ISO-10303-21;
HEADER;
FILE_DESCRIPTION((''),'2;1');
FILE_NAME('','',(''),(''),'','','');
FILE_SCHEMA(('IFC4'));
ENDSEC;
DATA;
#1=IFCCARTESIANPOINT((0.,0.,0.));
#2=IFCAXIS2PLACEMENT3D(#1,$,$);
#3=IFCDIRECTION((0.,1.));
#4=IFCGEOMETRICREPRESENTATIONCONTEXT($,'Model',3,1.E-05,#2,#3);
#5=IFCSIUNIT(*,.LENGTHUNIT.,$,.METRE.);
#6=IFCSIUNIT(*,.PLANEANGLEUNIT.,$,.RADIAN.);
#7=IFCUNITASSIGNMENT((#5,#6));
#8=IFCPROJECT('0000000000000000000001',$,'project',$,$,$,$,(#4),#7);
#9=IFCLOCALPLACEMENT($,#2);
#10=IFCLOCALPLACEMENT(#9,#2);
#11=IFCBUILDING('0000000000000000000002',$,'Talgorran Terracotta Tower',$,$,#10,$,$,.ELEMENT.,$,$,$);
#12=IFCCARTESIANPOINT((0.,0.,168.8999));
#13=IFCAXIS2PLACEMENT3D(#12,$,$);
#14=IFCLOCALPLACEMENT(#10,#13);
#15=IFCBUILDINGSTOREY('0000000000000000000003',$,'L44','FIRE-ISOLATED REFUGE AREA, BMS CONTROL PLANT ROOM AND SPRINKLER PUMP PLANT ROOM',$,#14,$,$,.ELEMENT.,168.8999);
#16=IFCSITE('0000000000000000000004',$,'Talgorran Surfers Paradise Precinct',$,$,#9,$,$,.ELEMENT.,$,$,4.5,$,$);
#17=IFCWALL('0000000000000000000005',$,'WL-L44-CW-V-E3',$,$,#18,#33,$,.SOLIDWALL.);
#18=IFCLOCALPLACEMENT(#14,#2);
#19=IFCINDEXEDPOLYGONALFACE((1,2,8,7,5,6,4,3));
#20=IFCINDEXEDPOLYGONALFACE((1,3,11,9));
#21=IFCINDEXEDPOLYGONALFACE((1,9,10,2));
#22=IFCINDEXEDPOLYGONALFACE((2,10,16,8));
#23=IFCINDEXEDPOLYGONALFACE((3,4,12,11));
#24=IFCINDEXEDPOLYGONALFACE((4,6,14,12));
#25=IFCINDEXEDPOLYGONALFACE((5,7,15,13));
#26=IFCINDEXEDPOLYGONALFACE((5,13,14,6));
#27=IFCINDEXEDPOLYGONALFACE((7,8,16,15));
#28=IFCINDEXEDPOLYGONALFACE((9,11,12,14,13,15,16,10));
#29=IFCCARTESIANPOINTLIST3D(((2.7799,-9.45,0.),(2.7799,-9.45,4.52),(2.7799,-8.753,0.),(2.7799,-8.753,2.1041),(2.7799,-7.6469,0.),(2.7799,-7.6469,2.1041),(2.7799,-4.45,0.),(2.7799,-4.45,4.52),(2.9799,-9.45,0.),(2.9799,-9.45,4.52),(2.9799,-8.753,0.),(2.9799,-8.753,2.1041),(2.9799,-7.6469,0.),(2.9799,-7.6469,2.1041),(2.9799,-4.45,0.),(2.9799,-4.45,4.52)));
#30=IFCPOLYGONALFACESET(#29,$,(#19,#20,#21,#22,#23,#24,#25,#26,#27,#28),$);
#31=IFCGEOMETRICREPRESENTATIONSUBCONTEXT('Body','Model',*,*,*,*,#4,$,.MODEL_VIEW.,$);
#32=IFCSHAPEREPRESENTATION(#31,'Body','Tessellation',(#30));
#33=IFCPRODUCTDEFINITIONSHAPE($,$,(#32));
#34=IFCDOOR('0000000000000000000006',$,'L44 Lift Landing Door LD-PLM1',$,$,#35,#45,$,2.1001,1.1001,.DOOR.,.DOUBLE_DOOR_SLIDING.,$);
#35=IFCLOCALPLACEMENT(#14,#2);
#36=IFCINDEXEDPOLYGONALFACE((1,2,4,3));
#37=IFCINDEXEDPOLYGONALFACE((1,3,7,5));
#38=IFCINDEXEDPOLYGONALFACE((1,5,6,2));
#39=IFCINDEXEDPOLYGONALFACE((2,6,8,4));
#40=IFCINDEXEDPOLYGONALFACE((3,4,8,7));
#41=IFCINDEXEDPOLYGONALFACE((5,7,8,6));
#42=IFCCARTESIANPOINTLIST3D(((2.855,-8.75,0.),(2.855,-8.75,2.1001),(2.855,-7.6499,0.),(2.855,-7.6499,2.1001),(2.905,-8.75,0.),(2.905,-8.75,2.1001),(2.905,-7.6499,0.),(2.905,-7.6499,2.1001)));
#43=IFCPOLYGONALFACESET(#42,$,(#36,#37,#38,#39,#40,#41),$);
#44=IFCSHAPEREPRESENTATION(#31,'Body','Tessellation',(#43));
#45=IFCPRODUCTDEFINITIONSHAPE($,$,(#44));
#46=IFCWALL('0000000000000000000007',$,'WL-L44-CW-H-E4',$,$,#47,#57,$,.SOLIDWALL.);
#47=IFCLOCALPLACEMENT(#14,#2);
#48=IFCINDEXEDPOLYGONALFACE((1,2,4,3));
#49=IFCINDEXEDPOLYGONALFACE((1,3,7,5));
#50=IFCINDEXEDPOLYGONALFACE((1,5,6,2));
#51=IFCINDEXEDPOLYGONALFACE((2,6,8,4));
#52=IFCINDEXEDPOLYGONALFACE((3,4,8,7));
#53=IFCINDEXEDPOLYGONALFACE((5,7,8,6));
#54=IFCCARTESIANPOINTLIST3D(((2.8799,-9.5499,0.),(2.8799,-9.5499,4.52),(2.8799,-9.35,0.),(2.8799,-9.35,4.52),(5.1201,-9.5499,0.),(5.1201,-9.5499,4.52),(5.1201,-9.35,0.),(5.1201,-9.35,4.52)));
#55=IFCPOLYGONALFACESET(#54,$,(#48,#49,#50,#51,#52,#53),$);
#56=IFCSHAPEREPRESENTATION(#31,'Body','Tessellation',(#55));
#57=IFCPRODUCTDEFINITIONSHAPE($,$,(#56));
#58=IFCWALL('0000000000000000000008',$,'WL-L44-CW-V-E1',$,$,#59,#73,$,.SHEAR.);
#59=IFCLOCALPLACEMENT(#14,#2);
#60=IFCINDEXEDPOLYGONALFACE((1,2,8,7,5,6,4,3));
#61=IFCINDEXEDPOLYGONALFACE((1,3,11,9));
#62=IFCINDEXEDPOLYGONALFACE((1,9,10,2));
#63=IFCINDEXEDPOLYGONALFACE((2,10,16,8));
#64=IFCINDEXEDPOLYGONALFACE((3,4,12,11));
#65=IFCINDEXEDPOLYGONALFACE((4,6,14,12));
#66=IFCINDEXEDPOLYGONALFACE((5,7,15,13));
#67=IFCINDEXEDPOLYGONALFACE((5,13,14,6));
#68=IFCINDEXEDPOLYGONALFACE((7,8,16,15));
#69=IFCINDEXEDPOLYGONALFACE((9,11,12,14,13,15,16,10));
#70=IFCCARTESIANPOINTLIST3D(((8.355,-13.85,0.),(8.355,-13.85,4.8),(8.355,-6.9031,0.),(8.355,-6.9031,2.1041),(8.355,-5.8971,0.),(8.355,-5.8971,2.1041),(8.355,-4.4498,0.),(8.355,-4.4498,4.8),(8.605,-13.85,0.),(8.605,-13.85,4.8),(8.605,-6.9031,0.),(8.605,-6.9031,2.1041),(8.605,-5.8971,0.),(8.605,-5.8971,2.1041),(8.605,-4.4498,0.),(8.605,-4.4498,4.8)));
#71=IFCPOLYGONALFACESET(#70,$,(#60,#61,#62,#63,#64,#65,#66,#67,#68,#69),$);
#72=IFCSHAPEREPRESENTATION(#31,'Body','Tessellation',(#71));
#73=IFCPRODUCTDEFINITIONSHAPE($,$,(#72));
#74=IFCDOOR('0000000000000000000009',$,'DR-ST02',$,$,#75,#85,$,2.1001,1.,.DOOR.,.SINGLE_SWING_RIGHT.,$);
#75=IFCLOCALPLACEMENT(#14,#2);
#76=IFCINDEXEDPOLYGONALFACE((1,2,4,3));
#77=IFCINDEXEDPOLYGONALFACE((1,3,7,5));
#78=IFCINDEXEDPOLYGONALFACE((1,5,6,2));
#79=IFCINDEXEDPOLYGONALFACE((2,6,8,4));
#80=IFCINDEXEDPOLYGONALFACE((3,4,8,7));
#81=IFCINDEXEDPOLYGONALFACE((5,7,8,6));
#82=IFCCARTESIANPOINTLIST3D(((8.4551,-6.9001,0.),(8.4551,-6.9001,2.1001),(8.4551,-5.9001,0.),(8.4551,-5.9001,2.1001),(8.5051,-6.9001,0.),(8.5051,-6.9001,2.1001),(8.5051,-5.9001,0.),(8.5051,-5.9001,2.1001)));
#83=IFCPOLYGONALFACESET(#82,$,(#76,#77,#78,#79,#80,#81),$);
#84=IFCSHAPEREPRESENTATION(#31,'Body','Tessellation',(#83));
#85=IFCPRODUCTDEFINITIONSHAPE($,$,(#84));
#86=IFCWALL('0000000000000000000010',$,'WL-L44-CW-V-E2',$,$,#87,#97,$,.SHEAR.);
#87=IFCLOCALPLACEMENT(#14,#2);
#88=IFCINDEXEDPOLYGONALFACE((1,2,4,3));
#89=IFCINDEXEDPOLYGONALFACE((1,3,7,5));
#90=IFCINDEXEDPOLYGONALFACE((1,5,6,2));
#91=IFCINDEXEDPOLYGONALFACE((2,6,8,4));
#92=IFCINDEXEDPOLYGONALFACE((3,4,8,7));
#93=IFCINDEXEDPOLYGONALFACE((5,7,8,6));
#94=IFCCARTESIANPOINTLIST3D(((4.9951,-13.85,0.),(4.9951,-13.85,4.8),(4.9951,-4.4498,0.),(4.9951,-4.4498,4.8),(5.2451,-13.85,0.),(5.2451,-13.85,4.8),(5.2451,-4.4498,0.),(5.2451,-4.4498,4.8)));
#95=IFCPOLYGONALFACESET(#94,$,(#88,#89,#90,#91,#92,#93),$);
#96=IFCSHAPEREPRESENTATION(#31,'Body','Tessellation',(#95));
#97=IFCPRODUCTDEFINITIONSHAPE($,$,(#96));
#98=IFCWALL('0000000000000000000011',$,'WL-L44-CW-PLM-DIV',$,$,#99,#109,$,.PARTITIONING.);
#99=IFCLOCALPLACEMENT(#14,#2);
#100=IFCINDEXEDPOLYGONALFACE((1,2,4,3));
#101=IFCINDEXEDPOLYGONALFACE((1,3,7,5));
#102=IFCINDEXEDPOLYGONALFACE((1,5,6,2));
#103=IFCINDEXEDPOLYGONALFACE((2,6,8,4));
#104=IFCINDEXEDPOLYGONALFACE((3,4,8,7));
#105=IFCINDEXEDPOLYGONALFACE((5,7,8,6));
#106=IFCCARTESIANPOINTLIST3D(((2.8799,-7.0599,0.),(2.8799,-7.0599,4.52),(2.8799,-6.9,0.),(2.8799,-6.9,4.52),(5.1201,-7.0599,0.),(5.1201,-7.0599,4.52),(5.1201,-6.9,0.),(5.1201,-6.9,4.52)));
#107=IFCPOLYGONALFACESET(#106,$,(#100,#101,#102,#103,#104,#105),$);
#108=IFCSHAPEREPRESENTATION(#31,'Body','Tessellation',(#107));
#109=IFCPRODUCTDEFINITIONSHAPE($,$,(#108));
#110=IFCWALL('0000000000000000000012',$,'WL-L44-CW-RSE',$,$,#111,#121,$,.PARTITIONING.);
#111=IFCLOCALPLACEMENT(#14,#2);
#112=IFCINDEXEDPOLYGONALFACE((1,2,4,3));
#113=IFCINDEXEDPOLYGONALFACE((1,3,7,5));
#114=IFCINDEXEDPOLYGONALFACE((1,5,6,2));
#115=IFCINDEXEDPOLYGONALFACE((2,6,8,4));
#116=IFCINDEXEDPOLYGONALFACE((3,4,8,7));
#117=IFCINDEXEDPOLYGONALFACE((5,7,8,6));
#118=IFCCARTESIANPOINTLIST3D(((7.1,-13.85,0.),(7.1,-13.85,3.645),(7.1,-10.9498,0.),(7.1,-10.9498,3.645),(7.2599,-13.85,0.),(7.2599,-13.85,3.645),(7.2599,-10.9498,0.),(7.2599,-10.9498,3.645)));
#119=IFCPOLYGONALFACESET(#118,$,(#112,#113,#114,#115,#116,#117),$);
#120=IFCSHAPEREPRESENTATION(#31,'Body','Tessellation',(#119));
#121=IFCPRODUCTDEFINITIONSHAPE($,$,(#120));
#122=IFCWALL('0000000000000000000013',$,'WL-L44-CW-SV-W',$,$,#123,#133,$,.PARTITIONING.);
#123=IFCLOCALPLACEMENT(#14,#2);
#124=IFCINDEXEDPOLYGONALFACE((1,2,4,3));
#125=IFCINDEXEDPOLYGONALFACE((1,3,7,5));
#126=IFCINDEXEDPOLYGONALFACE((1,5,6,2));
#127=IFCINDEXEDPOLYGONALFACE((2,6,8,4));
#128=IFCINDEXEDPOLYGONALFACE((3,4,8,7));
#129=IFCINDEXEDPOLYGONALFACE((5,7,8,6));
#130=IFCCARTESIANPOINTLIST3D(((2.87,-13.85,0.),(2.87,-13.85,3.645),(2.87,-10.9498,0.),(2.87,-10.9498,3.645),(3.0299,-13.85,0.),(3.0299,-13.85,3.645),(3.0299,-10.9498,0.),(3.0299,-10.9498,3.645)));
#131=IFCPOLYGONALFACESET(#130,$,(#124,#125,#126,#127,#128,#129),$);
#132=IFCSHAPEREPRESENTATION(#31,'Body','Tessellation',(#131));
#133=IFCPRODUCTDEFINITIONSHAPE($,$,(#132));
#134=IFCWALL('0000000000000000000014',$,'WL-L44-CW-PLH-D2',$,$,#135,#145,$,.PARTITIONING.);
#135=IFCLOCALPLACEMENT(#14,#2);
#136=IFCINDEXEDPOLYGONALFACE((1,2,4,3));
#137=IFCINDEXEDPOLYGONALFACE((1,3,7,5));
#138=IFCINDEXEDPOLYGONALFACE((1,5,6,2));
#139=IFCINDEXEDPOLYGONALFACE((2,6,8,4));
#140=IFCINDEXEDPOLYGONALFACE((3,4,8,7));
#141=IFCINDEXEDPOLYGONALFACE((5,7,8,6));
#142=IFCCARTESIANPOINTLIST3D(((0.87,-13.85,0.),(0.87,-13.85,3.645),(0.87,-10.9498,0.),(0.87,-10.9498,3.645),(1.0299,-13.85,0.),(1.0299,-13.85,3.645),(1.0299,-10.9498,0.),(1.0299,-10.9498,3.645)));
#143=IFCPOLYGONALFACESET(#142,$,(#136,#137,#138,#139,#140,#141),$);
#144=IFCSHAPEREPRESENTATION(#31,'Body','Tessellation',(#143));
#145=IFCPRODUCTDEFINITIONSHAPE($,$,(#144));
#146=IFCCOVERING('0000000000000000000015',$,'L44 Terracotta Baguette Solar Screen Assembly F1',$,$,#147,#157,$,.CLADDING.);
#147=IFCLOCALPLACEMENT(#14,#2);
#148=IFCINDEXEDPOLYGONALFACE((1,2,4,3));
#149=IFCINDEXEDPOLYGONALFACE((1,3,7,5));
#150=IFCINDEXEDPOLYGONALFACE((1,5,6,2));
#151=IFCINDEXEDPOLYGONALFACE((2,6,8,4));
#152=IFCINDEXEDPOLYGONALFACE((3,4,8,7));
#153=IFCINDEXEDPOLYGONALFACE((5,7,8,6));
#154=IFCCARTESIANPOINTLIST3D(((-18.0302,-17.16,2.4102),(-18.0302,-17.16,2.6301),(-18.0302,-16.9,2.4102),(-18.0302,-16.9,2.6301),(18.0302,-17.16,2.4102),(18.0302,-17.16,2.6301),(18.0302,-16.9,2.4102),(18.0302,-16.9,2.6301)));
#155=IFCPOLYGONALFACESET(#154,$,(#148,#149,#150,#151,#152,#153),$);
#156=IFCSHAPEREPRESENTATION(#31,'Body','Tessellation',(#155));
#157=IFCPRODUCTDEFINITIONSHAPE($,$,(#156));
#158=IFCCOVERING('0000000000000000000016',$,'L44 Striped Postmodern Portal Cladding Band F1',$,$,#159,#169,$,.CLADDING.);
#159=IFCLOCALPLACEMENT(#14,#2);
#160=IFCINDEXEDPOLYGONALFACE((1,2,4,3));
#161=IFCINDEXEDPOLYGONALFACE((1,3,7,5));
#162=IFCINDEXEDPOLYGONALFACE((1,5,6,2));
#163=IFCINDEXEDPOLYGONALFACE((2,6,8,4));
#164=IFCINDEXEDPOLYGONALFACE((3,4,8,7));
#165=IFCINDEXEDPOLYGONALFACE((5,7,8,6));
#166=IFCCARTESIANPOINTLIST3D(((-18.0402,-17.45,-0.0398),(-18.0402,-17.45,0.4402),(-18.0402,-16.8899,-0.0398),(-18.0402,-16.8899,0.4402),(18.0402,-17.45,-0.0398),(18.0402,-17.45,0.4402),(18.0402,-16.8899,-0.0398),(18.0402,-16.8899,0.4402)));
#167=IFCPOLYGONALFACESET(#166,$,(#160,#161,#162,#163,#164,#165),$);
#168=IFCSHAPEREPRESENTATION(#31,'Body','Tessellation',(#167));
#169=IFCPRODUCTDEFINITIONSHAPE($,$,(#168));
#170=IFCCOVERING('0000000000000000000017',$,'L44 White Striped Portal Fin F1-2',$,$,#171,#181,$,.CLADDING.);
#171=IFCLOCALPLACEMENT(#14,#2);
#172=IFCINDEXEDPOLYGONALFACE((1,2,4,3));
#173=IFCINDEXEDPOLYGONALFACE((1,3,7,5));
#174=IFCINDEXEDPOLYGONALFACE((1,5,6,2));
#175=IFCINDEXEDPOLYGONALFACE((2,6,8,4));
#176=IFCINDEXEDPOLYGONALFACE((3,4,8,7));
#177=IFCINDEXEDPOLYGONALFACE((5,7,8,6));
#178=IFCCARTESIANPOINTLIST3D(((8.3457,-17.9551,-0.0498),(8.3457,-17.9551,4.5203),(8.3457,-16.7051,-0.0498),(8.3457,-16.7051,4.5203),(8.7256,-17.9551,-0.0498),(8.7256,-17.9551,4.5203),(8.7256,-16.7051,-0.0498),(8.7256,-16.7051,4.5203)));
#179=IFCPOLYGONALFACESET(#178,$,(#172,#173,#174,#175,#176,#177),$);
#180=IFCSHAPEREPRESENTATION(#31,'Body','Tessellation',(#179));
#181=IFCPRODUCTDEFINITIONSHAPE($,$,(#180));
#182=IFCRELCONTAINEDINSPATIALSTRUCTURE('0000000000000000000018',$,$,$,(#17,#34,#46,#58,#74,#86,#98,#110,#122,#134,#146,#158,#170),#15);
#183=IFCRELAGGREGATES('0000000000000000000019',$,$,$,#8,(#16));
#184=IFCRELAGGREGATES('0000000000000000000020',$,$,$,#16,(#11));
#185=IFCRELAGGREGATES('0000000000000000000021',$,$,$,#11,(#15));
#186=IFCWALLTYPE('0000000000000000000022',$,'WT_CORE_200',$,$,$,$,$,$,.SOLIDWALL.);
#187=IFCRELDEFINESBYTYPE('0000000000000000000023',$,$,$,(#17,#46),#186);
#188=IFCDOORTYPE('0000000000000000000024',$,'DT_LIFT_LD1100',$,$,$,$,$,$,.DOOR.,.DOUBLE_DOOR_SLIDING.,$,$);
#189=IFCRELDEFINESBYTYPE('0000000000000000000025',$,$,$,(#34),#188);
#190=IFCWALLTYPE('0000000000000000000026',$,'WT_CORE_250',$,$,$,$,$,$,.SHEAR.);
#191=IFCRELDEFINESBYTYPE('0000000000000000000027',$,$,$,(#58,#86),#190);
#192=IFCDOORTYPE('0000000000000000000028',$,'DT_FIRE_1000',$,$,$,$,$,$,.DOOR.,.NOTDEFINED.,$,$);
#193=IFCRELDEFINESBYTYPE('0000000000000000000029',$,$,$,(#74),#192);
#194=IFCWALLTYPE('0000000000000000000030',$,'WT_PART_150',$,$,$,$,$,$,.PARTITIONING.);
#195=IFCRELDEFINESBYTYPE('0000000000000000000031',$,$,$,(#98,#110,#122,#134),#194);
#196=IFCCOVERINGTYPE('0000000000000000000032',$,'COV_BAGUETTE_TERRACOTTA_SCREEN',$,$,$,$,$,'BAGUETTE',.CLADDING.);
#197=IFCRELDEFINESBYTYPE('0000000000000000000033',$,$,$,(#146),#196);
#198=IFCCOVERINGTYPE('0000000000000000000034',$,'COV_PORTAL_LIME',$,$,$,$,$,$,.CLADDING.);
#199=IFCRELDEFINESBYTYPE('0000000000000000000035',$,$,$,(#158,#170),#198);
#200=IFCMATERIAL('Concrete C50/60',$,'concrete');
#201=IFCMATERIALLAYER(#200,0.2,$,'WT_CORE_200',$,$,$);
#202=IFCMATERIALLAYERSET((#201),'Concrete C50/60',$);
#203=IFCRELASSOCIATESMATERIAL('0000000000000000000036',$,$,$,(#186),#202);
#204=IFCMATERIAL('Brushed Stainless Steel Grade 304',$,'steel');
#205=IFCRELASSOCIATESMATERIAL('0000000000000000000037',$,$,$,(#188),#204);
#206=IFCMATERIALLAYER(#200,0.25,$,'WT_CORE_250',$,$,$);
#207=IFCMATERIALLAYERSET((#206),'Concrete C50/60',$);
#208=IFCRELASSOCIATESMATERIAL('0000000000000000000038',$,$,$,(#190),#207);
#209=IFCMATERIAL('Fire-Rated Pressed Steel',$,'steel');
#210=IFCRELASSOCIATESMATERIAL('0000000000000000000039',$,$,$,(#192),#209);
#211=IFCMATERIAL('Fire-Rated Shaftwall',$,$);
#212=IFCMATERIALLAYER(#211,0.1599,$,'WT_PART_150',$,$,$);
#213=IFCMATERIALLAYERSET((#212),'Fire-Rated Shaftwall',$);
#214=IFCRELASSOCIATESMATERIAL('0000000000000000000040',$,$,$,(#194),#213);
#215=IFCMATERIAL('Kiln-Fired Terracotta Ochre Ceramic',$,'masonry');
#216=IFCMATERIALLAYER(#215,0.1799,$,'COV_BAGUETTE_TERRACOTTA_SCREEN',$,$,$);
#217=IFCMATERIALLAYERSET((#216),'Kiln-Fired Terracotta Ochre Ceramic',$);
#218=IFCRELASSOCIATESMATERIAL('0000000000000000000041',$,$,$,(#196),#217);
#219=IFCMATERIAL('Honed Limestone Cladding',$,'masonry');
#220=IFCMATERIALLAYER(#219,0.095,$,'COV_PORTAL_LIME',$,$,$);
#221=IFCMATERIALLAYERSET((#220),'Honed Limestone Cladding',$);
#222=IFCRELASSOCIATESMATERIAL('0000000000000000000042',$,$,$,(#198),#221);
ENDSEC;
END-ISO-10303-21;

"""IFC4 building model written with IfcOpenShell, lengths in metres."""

from ifc_helpers import new_model, si_unit, direction, frame, frame_2d, origin, origin_2d, place, context, subcontext, project, spatial, rectangle, extrude, material, layer, layer_set, type_object, element, fill, save


model = new_model("IFC4")

# Units and contexts
model_context = context("Model", 3, precision=1e-05, world=origin(), true_north=direction((0.0, 1.0)))
body_context = subcontext(model_context, "Body", "Model", "MODEL_VIEW")
ifc_project = project(units=[si_unit("LENGTHUNIT", "METRE"), si_unit("PLANEANGLEUNIT", "RADIAN")], contexts=[model_context])

# Site, building, storey
site_placement = place(None, origin())
site = spatial("IfcSite", under=ifc_project, at=site_placement, Name="Talgorran Surfers Paradise Precinct", CompositionType="ELEMENT", RefElevation=4.5)
building_placement = place(site_placement, origin())
building = spatial("IfcBuilding", under=site, at=building_placement, Name="Talgorran Terracotta Tower", CompositionType="ELEMENT")
storey_placement = place(building_placement, frame((0.0, 0.0, 168.8999)))
storey = spatial("IfcBuildingStorey", under=building, at=storey_placement, Name="L44", Description="FIRE-ISOLATED REFUGE AREA, BMS CONTROL PLANT ROOM AND SPRINKLER PUMP PLANT ROOM", CompositionType="ELEMENT", Elevation=168.8999)

# Shared definitions
ifc_material_1 = material(Name="Concrete C50/60", Category="concrete")

# Shared definitions
ifc_layer_1 = layer(ifc_material_1, 0.2, Name="WT_CORE_200")
ifc_layer_set_1 = layer_set([ifc_layer_1], Name="Concrete C50/60")
wall_type_1 = type_object("IfcWallType", Name="WT_CORE_200", PredefinedType="SOLIDWALL", material=ifc_layer_set_1)

# Shared definitions
ifc_material_2 = material(Name="Brushed Stainless Steel Grade 304", Category="steel")
door_type_1 = type_object("IfcDoorType", Name="DT_LIFT_LD1100", OperationType="DOUBLE_DOOR_SLIDING", PredefinedType="DOOR", material=ifc_material_2)
ifc_material_3 = material(Name="Fire-Rated Pressed Steel", Category="steel")

# Wall, opening, door
wall_1_placement = place(storey_placement, frame((2.8799, -9.45, 0.0), z_axis=(0.0, 0.0, 1.0), x_axis=(0.0, 1.0, 0.0)))
wall_1 = element("IfcWall", 1, at=wall_1_placement, inside=storey, type_object=wall_type_1, Name="WL-L44-CW-V-E3", PredefinedType="SOLIDWALL", context=body_context, shape_type="SweptSolid", body=[
    extrude(rectangle(XDim=5.0, YDim=0.2, at=frame_2d((2.5, 0.0))), origin(), (0.0, 0.0, 1.0), 4.52),
])
opening_1_placement = place(wall_1_placement, frame((0.7, 0.0, 0.0)))
opening_1 = element("IfcOpeningElement", 2, at=opening_1_placement, cuts=wall_1, PredefinedType="OPENING", context=body_context, shape_type="SweptSolid", body=[
    extrude(rectangle(XDim=1.1061, YDim=2.1041, at=frame_2d((0.55, 1.052))), frame((0.0, 0.1099, 0.0), z_axis=(0.0, -1.0, 0.0), x_axis=(1.0, 0.0, 0.0)), (0.0, 0.0, 1.0), 0.22),
])
door_1_placement = place(opening_1_placement, origin())
door_1 = element("IfcDoor", 3, at=door_1_placement, inside=storey, type_object=door_type_1, Name="L44 Lift Landing Door LD-PLM1", OperationType="DOUBLE_DOOR_SLIDING", OverallHeight=2.1001, OverallWidth=1.1001, PredefinedType="DOOR", context=body_context, shape_type="SweptSolid", body=[
    extrude(rectangle(XDim=1.1001, YDim=2.1001, at=frame_2d((0.55, 1.05))), frame((0.0, 0.0249, 0.0), z_axis=(0.0, -1.0, 0.0), x_axis=(1.0, 0.0, 0.0)), (0.0, 0.0, 1.0), 0.05),
])
fill(opening_1, door_1)

# Wall
wall_2_placement = place(storey_placement, frame((2.8799, -9.45, 0.0), z_axis=(0.0, 0.0, 1.0), x_axis=(1.0, 0.0, 0.0)))
element("IfcWall", 4, at=wall_2_placement, inside=storey, type_object=wall_type_1, Name="WL-L44-CW-H-E4", PredefinedType="SOLIDWALL", context=body_context, shape_type="SweptSolid", body=[
    extrude(rectangle(XDim=2.2402, YDim=0.2, at=frame_2d((1.1201, 0.0))), origin(), (0.0, 0.0, 1.0), 4.52),
])

# Wall, opening, door
ifc_layer_2 = layer(ifc_material_1, 0.25, Name="WT_CORE_250")
ifc_layer_set_2 = layer_set([ifc_layer_2], Name="Concrete C50/60")
wall_type_2 = type_object("IfcWallType", Name="WT_CORE_250", PredefinedType="SHEAR", material=ifc_layer_set_2)
wall_3_placement = place(storey_placement, frame((8.48, -13.8501, 0.0), z_axis=(0.0, 0.0, 1.0), x_axis=(0.0, 1.0, 0.0)))
wall_3 = element("IfcWall", 5, at=wall_3_placement, inside=storey, type_object=wall_type_2, Name="WL-L44-CW-V-E1", PredefinedType="SHEAR", context=body_context, shape_type="SweptSolid", body=[
    extrude(rectangle(XDim=9.4001, YDim=0.25, at=frame_2d((4.7002, 0.0))), origin(), (0.0, 0.0, 1.0), 4.8),
])
opening_2_placement = place(wall_3_placement, frame((6.95, 0.0, 0.0)))
opening_2 = element("IfcOpeningElement", 6, at=opening_2_placement, cuts=wall_3, PredefinedType="OPENING", context=body_context, shape_type="SweptSolid", body=[
    extrude(rectangle(XDim=1.006, YDim=2.1041, at=frame_2d((0.5, 1.052))), frame((0.0, 0.135, 0.0), z_axis=(0.0, -1.0, 0.0), x_axis=(1.0, 0.0, 0.0)), (0.0, 0.0, 1.0), 0.27),
])
door_type_2 = type_object("IfcDoorType", Name="DT_FIRE_1000", OperationType="NOTDEFINED", PredefinedType="DOOR", material=ifc_material_3)
door_2_placement = place(opening_2_placement, origin())
door_2 = element("IfcDoor", 7, at=door_2_placement, inside=storey, type_object=door_type_2, Name="DR-ST02", OperationType="SINGLE_SWING_RIGHT", OverallHeight=2.1001, OverallWidth=1.0, PredefinedType="DOOR", context=body_context, shape_type="SweptSolid", body=[
    extrude(rectangle(XDim=1.0, YDim=2.1001, at=frame_2d((0.5, 1.05))), frame((0.0, 0.0249, 0.0), z_axis=(0.0, -1.0, 0.0), x_axis=(1.0, 0.0, 0.0)), (0.0, 0.0, 1.0), 0.05),
])
fill(opening_2, door_2)

# Walls
wall_4_placement = place(storey_placement, frame((5.1201, -13.8501, 0.0), z_axis=(0.0, 0.0, 1.0), x_axis=(0.0, 1.0, 0.0)))
element("IfcWall", 8, at=wall_4_placement, inside=storey, type_object=wall_type_2, Name="WL-L44-CW-V-E2", PredefinedType="SHEAR", context=body_context, shape_type="SweptSolid", body=[
    extrude(rectangle(XDim=9.4001, YDim=0.25, at=frame_2d((4.7002, 0.0))), origin(), (0.0, 0.0, 1.0), 4.8),
])
ifc_material_4 = material(Name="Fire-Rated Shaftwall")
ifc_layer_3 = layer(ifc_material_4, 0.1599, Name="WT_PART_150")
ifc_layer_set_3 = layer_set([ifc_layer_3], Name="Fire-Rated Shaftwall")
wall_type_3 = type_object("IfcWallType", Name="WT_PART_150", PredefinedType="PARTITIONING", material=ifc_layer_set_3)
wall_5_placement = place(storey_placement, frame((2.8799, -6.98, 0.0), z_axis=(0.0, 0.0, 1.0), x_axis=(1.0, 0.0, 0.0)))
element("IfcWall", 9, at=wall_5_placement, inside=storey, type_object=wall_type_3, Name="WL-L44-CW-PLM-DIV", PredefinedType="PARTITIONING", context=body_context, shape_type="SweptSolid", body=[
    extrude(rectangle(XDim=2.2402, YDim=0.1599, at=frame_2d((1.1201, 0.0))), origin(), (0.0, 0.0, 1.0), 4.52),
])
for number, where, z_axis, x_axis, name in (
    (10, (7.1799, -13.8501, 0.0), (0.0, 0.0, 1.0), (0.0, 1.0, 0.0), "WL-L44-CW-RSE"),
    (11, (2.95, -13.8501, 0.0), (0.0, 0.0, 1.0), (0.0, 1.0, 0.0), "WL-L44-CW-SV-W"),
    (12, (0.95, -13.8501, 0.0), (0.0, 0.0, 1.0), (0.0, 1.0, 0.0), "WL-L44-CW-PLH-D2"),
):
    element("IfcWall", number, at=place(storey_placement, frame(where, z_axis=z_axis, x_axis=x_axis)), inside=storey, type_object=wall_type_3, Name=name, PredefinedType="PARTITIONING", context=body_context, shape_type="SweptSolid", body=[
        extrude(rectangle(XDim=2.9001, YDim=0.1599, at=frame_2d((1.4502, 0.0))), origin(), (0.0, 0.0, 1.0), 3.645),
    ])

# Coverings
ifc_material_5 = material(Name="Kiln-Fired Terracotta Ochre Ceramic", Category="masonry")
ifc_layer_4 = layer(ifc_material_5, 0.1799, Name="COV_BAGUETTE_TERRACOTTA_SCREEN")
ifc_layer_set_4 = layer_set([ifc_layer_4], Name="Kiln-Fired Terracotta Ochre Ceramic")
covering_type_1 = type_object("IfcCoveringType", Name="COV_BAGUETTE_TERRACOTTA_SCREEN", ElementType="BAGUETTE", PredefinedType="CLADDING", material=ifc_layer_set_4)
covering_1_placement = place(storey_placement, frame((0.0, -17.03, 2.4102), z_axis=(0.0, 0.0, 1.0), x_axis=(1.0, 0.0, 0.0)))
element("IfcCovering", 13, at=covering_1_placement, inside=storey, type_object=covering_type_1, Name="L44 Terracotta Baguette Solar Screen Assembly F1", PredefinedType="CLADDING", context=body_context, shape_type="SweptSolid", body=[
    extrude(rectangle(XDim=36.0603, YDim=0.26, at=origin_2d()), origin(), (0.0, 0.0, 1.0), 0.22),
])
ifc_material_6 = material(Name="Honed Limestone Cladding", Category="masonry")
ifc_layer_5 = layer(ifc_material_6, 0.095, Name="COV_PORTAL_LIME")
ifc_layer_set_5 = layer_set([ifc_layer_5], Name="Honed Limestone Cladding")
covering_type_2 = type_object("IfcCoveringType", Name="COV_PORTAL_LIME", PredefinedType="CLADDING", material=ifc_layer_set_5)
covering_2_placement = place(storey_placement, frame((0.0, -17.1699, -0.0398), z_axis=(0.0, 0.0, 1.0), x_axis=(1.0, 0.0, 0.0)))
element("IfcCovering", 14, at=covering_2_placement, inside=storey, type_object=covering_type_2, Name="L44 Striped Postmodern Portal Cladding Band F1", PredefinedType="CLADDING", context=body_context, shape_type="SweptSolid", body=[
    extrude(rectangle(XDim=36.0803, YDim=0.5601, at=origin_2d()), origin(), (0.0, 0.0, 1.0), 0.48),
])
covering_3_placement = place(storey_placement, frame((8.5356, -17.3301, -0.0498), z_axis=(0.0, 0.0, 1.0), x_axis=(1.0, 0.0, 0.0)))
element("IfcCovering", 15, at=covering_3_placement, inside=storey, type_object=covering_type_2, Name="L44 White Striped Portal Fin F1-2", PredefinedType="CLADDING", context=body_context, shape_type="SweptSolid", body=[
    extrude(rectangle(XDim=0.3799, YDim=1.25, at=origin_2d()), origin(), (0.0, 0.0, 1.0), 4.5701),
])

save(model, "model.ifc")
